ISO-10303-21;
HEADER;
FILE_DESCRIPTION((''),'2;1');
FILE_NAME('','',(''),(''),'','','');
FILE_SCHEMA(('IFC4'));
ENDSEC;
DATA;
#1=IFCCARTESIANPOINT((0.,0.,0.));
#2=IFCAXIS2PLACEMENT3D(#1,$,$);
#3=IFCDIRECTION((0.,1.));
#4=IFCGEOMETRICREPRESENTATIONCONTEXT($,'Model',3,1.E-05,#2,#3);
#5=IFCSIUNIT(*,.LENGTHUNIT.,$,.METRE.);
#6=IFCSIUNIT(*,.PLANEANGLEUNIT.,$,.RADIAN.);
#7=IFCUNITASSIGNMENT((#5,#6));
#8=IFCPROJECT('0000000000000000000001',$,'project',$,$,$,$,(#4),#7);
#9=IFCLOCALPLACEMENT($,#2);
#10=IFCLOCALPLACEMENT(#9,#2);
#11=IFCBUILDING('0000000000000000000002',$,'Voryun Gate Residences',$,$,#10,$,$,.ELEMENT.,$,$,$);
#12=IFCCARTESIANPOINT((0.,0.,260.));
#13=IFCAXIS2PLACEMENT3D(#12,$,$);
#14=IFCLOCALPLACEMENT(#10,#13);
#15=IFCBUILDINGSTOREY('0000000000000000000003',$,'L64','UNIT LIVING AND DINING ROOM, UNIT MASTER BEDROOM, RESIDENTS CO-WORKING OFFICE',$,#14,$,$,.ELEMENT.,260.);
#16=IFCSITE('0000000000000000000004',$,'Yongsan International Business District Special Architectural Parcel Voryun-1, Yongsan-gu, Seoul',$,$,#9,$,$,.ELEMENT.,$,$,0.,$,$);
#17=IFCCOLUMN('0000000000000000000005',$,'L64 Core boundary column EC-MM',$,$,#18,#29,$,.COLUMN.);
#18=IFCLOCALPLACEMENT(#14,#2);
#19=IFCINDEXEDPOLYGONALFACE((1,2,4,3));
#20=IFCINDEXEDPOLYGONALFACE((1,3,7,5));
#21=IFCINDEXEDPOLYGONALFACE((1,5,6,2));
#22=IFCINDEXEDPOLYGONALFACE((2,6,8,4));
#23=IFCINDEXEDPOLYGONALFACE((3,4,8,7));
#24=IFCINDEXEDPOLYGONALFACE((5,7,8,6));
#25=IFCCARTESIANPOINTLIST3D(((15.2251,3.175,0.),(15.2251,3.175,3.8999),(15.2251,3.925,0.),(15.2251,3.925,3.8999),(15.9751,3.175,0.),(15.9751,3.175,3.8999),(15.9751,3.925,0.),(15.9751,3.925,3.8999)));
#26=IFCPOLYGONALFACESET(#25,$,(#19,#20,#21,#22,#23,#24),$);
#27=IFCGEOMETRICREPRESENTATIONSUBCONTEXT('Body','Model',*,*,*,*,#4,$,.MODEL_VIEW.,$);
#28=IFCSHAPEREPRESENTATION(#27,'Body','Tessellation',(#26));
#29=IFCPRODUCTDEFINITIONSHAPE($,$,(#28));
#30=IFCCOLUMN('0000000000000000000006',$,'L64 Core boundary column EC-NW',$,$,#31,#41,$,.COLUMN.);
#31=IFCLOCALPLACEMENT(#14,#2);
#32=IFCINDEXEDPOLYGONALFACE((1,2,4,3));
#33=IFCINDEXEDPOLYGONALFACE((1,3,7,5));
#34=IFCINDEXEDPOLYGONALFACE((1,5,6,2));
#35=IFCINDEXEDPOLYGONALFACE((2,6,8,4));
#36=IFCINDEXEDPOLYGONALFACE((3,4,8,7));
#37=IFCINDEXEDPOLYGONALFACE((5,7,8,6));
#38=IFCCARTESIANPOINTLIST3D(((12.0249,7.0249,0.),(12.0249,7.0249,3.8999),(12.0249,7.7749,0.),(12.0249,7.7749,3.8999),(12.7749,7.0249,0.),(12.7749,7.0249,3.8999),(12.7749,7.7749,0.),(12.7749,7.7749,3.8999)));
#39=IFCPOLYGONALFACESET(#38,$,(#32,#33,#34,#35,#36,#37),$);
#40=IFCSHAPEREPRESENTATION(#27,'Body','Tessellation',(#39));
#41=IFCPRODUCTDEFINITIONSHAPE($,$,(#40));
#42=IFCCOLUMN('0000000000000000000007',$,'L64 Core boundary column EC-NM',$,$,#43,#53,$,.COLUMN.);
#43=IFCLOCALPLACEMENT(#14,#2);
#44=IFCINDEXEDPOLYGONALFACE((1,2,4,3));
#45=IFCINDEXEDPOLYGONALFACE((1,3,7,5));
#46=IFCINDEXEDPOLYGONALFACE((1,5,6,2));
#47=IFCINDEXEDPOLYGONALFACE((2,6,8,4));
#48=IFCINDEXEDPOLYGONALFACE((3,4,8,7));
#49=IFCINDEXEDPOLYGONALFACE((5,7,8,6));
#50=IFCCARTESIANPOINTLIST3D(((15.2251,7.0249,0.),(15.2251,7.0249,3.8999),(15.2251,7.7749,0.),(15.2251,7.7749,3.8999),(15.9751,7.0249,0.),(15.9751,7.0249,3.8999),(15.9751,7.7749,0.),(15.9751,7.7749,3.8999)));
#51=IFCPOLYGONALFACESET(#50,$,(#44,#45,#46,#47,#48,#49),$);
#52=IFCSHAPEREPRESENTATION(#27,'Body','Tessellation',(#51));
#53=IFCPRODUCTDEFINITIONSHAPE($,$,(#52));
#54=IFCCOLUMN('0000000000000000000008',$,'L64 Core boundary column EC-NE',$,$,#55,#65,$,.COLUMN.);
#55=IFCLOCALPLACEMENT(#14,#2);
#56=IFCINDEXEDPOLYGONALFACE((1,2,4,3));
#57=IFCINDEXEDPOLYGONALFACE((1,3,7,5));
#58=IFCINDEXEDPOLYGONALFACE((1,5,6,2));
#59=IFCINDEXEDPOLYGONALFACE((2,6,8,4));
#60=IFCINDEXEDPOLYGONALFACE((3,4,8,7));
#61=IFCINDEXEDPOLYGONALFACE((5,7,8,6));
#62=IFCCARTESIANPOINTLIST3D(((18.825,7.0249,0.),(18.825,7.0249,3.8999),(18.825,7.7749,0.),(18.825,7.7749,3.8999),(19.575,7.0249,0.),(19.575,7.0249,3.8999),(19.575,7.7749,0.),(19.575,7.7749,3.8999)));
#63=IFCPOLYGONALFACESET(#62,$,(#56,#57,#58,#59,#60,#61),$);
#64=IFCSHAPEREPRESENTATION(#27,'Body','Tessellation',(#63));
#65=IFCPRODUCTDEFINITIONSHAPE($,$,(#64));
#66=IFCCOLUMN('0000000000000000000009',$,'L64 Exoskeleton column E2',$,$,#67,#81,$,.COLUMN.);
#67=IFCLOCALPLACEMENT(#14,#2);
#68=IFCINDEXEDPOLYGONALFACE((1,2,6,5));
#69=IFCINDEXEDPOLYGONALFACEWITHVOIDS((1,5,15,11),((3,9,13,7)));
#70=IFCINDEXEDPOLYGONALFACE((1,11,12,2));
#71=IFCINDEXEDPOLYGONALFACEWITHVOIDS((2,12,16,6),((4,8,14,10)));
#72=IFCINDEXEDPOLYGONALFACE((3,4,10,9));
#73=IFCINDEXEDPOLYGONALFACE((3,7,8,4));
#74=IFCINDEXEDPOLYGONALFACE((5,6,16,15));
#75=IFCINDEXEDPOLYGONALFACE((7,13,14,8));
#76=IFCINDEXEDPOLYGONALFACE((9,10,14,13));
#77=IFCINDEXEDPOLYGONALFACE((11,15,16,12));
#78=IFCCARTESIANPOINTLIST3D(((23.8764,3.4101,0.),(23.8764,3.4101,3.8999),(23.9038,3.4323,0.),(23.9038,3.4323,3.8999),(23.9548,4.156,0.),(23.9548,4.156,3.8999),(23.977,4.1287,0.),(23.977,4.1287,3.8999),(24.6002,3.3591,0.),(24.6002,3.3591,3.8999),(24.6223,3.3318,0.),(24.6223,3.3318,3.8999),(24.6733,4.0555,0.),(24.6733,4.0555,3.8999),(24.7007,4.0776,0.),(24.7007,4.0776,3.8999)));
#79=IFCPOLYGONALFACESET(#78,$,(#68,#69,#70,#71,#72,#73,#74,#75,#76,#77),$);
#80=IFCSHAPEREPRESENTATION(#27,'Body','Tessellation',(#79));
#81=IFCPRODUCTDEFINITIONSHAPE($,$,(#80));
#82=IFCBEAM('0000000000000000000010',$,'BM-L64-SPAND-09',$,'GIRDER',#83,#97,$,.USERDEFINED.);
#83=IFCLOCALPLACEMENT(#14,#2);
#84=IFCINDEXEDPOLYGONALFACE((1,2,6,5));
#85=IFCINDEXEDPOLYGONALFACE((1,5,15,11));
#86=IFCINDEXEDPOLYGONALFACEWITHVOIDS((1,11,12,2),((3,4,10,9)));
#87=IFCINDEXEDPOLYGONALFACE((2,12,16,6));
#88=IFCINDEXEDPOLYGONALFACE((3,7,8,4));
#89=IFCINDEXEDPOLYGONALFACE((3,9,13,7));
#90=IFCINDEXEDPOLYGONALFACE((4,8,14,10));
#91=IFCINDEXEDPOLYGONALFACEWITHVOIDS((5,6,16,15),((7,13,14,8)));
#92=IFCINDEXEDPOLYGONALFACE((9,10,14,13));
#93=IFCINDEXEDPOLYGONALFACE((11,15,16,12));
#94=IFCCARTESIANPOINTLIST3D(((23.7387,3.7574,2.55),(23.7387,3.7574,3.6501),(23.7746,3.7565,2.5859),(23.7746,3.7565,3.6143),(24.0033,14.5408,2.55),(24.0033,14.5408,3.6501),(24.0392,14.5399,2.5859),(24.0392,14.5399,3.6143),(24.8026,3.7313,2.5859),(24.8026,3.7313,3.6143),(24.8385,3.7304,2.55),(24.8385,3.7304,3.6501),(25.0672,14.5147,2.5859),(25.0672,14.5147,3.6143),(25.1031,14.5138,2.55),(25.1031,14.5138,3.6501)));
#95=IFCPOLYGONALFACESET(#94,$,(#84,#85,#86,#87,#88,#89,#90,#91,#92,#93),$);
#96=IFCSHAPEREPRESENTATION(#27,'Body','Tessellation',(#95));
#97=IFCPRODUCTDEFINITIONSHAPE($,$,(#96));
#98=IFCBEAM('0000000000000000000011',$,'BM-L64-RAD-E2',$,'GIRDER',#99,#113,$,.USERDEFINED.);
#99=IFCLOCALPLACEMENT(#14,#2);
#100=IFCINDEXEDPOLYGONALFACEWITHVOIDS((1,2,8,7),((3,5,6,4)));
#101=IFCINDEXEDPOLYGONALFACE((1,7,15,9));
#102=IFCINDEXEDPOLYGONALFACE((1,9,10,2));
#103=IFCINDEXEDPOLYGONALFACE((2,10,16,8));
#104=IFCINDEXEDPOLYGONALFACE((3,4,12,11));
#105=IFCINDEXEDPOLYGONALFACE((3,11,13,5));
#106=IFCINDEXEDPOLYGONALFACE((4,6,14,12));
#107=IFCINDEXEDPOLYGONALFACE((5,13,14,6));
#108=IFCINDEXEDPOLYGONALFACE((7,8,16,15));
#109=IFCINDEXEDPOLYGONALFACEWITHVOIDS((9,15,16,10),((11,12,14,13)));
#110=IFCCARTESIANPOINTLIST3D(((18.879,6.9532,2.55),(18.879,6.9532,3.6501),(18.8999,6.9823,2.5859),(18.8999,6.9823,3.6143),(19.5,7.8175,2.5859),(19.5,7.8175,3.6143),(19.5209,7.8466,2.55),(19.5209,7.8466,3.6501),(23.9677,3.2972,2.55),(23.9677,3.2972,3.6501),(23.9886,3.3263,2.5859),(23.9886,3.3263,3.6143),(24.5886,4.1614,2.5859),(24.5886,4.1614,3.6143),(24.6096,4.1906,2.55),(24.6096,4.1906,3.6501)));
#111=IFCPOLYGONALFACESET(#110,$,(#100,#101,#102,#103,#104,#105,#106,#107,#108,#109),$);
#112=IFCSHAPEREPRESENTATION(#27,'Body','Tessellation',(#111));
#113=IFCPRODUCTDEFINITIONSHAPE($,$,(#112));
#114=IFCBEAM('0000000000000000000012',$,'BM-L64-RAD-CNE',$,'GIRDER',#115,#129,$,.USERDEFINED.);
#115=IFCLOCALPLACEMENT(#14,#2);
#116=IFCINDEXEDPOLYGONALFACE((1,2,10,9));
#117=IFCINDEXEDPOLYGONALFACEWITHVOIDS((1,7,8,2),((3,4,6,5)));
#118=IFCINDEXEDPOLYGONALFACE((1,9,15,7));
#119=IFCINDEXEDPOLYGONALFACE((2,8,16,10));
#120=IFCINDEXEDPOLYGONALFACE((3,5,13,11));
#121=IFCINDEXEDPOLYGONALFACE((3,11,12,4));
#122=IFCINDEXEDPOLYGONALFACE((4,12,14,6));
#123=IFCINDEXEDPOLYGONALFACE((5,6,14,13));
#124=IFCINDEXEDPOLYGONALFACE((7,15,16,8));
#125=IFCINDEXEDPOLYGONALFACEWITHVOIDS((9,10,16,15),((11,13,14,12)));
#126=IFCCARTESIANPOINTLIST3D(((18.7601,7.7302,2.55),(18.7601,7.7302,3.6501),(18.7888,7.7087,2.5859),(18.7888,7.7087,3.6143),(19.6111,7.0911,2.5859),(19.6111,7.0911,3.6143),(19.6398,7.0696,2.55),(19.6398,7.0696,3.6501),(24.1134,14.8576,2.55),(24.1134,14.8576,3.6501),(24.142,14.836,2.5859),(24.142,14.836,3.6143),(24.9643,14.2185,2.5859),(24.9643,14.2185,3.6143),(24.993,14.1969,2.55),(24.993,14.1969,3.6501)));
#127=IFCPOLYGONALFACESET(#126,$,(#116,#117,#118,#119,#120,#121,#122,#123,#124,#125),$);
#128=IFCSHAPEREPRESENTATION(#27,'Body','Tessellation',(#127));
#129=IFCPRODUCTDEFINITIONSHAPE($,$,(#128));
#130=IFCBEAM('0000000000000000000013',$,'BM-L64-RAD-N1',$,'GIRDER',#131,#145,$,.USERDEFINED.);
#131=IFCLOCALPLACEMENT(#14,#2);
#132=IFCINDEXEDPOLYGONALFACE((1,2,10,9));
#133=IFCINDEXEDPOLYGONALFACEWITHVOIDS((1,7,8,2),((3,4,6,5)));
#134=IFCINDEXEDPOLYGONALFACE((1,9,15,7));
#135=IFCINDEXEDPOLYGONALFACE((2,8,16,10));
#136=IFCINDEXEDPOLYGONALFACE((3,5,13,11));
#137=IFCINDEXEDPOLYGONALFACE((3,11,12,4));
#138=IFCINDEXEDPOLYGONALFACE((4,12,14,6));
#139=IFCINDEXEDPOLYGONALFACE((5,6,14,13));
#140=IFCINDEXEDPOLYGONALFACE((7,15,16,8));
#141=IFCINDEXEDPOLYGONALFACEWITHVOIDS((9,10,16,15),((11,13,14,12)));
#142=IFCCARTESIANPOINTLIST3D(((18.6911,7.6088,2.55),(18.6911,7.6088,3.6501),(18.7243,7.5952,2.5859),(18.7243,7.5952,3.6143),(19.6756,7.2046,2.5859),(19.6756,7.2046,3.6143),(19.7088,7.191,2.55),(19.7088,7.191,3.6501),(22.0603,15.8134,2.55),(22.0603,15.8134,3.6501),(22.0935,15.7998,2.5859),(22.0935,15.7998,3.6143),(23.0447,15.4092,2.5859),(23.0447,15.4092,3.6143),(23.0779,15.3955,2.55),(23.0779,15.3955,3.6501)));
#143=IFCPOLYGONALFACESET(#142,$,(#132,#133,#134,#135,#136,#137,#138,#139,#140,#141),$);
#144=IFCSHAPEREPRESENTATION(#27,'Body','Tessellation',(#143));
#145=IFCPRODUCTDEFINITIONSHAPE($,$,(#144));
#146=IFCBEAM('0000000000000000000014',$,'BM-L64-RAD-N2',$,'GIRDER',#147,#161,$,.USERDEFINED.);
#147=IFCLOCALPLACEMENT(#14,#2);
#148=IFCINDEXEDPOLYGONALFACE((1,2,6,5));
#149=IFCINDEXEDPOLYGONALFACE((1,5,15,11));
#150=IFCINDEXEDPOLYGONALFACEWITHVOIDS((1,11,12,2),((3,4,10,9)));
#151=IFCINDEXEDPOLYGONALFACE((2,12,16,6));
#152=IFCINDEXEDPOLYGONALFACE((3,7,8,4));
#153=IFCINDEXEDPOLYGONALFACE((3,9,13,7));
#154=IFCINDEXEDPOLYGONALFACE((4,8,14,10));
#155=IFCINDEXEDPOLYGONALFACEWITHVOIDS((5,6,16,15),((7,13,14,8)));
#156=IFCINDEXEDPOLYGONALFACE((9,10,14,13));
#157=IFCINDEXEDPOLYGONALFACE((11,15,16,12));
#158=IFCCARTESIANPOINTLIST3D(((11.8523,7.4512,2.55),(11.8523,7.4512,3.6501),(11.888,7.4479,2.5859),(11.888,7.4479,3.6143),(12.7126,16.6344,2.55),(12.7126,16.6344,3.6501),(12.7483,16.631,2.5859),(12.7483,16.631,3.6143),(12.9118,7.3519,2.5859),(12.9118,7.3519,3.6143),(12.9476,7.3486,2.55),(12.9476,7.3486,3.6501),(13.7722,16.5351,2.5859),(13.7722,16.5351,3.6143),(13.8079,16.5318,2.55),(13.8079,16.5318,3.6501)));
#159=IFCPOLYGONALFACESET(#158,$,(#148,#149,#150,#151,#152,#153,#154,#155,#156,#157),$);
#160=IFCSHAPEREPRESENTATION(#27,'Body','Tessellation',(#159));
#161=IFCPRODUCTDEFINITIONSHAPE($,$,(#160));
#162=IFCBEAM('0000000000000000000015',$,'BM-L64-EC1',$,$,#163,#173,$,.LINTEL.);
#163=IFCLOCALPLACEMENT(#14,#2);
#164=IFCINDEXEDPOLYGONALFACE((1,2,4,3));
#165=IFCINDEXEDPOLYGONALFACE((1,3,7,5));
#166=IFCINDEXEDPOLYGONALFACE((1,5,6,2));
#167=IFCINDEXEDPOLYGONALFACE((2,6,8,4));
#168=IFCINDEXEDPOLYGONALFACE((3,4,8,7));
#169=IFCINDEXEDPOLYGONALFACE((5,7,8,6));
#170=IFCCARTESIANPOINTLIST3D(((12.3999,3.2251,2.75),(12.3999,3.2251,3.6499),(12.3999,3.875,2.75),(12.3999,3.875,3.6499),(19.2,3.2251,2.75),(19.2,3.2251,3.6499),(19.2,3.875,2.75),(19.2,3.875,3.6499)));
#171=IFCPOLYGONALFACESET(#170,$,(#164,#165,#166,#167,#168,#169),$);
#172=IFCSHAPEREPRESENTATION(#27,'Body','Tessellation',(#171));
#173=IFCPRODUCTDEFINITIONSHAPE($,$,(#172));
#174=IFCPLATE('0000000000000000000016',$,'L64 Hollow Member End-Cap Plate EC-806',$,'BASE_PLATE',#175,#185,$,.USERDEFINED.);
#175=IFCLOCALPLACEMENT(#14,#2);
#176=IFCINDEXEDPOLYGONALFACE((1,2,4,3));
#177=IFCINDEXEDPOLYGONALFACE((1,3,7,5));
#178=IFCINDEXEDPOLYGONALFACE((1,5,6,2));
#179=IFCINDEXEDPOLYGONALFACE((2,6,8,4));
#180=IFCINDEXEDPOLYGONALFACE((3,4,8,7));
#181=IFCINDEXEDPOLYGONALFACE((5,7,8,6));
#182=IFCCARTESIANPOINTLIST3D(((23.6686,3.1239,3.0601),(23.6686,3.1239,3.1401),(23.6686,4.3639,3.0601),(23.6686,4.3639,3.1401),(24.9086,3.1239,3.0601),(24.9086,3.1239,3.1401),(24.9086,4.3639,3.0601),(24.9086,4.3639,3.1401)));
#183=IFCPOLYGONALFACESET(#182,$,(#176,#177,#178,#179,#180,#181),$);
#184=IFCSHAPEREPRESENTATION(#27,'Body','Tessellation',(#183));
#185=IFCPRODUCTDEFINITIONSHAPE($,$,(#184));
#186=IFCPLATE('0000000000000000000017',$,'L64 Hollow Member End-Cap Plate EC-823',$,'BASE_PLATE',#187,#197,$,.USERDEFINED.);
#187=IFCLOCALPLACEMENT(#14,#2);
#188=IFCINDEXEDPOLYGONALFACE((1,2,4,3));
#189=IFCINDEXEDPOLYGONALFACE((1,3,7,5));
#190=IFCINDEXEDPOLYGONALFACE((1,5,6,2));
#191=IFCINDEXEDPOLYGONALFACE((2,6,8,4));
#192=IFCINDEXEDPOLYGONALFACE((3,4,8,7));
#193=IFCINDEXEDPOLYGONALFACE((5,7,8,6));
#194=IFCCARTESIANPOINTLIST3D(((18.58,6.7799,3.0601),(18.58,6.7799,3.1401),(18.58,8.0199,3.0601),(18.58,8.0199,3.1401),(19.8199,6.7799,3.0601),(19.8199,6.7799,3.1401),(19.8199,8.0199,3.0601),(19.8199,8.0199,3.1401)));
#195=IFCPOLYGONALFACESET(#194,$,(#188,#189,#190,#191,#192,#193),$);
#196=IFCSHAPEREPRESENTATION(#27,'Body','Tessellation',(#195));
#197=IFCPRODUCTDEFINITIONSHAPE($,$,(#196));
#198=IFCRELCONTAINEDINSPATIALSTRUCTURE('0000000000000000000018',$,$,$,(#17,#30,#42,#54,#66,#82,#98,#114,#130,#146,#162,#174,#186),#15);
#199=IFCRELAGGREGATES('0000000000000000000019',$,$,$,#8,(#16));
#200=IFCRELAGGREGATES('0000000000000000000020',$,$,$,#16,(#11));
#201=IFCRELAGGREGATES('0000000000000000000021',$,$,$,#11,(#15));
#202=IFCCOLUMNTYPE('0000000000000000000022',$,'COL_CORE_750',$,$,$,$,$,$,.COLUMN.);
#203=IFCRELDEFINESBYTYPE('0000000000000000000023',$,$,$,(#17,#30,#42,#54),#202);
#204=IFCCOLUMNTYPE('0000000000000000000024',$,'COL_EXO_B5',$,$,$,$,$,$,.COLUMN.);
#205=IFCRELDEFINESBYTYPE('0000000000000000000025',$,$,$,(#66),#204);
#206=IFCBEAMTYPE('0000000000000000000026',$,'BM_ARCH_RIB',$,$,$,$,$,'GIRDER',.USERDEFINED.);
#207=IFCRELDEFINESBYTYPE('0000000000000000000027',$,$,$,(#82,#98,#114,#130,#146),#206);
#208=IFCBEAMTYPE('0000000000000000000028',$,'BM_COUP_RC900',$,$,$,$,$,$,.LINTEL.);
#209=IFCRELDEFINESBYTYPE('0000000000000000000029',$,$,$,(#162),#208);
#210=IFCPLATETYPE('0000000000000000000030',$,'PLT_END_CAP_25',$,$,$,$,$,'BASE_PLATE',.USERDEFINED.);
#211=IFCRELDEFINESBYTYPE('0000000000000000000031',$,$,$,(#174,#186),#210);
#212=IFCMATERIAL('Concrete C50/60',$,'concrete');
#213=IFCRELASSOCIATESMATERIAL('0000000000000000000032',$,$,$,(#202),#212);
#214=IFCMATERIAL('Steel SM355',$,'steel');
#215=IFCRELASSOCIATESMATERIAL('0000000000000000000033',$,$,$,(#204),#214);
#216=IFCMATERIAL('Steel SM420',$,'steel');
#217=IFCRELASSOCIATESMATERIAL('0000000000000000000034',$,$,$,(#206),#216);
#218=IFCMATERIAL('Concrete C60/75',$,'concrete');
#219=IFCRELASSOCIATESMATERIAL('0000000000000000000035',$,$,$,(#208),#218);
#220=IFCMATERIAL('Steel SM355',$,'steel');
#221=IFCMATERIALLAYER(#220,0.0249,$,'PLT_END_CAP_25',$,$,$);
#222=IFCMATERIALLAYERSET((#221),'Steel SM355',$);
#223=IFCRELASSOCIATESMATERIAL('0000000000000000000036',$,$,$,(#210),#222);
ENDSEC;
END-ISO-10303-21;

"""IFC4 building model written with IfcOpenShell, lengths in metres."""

from ifc_helpers import new_model, si_unit, direction, frame, origin, origin_2d, place, context, subcontext, project, spatial, rectangle, hollow_rectangle, extrude, material, layer, layer_set, material_profile, profile_set, type_object, element, save


model = new_model("IFC4")

# Units and contexts
model_context = context("Model", 3, precision=1e-05, world=origin(), true_north=direction((0.0, 1.0)))
body_context = subcontext(model_context, "Body", "Model", "MODEL_VIEW")
ifc_project = project(units=[si_unit("LENGTHUNIT", "METRE"), si_unit("PLANEANGLEUNIT", "RADIAN")], contexts=[model_context])

# Site, building, storey
site_placement = place(None, origin())
site = spatial("IfcSite", under=ifc_project, at=site_placement, Name="Yongsan International Business District Special Architectural Parcel Voryun-1, Yongsan-gu, Seoul", CompositionType="ELEMENT", RefElevation=0.0)
building_placement = place(site_placement, origin())
building = spatial("IfcBuilding", under=site, at=building_placement, Name="Voryun Gate Residences", CompositionType="ELEMENT")
storey_placement = place(building_placement, frame((0.0, 0.0, 260.0)))
storey = spatial("IfcBuildingStorey", under=building, at=storey_placement, Name="L64", Description="UNIT LIVING AND DINING ROOM, UNIT MASTER BEDROOM, RESIDENTS CO-WORKING OFFICE", CompositionType="ELEMENT", Elevation=260.0)

# Columns
ifc_material_1 = material(Name="Concrete C50/60", Category="concrete")
ifc_material_profile_1 = material_profile(ifc_material_1, rectangle(XDim=0.75, YDim=0.75, at=origin_2d()), Name="RC-750x750")
ifc_profile_set_1 = profile_set([ifc_material_profile_1], Name="Concrete C50/60")
column_type_1 = type_object("IfcColumnType", Name="COL_CORE_750", PredefinedType="COLUMN", material=ifc_profile_set_1)
for number, where, z_axis, x_axis, name in (
    (1, (15.6001, 3.55, 0.0), (0.0, 0.0, 1.0), (1.0, 0.0, 0.0), "L64 Core boundary column EC-MM"),
    (2, (12.3999, 7.3999, 0.0), (0.0, 0.0, 1.0), (1.0, 0.0, 0.0), "L64 Core boundary column EC-NW"),
    (3, (15.6001, 7.3999, 0.0), (0.0, 0.0, 1.0), (1.0, 0.0, 0.0), "L64 Core boundary column EC-NM"),
    (4, (19.2, 7.3999, 0.0), (0.0, 0.0, 1.0), (1.0, 0.0, 0.0), "L64 Core boundary column EC-NE"),
):
    element("IfcColumn", number, at=place(storey_placement, frame(where, z_axis=z_axis, x_axis=x_axis)), inside=storey, type_object=column_type_1, Name=name, PredefinedType="COLUMN", context=body_context, shape_type="SweptSolid", body=[
        extrude(rectangle(XDim=0.75, YDim=0.75, at=origin_2d()), origin(), (0.0, 0.0, 1.0), 3.8999),
    ])
ifc_material_2 = material(Name="Steel SM355", Category="steel")
ifc_material_profile_2 = material_profile(ifc_material_2, hollow_rectangle(XDim=0.75, YDim=0.75, WallThickness=0.0249, at=origin_2d()), Name="BOX-750x750x25")
ifc_profile_set_2 = profile_set([ifc_material_profile_2], Name="Steel SM355")
column_type_2 = type_object("IfcColumnType", Name="COL_EXO_B5", PredefinedType="COLUMN", material=ifc_profile_set_2)
column_placement = place(storey_placement, frame((24.2886, 3.7439, 0.0), z_axis=(0.0, 0.0, 1.0), x_axis=(0.994522, -0.104528, 0.0)))
element("IfcColumn", 5, at=column_placement, inside=storey, type_object=column_type_2, Name="L64 Exoskeleton column E2", PredefinedType="COLUMN", context=body_context, shape_type="SweptSolid", body=[
    extrude(hollow_rectangle(XDim=0.75, YDim=0.75, WallThickness=0.0249, at=origin_2d()), origin(), (0.0, 0.0, 1.0), 3.8999),
])

# Beams
ifc_material_3 = material(Name="Steel SM420", Category="steel")
ifc_material_profile_3 = material_profile(ifc_material_3, hollow_rectangle(XDim=1.1001, YDim=1.1001, WallThickness=0.0359, at=origin_2d()), Name="BOX-1100x1100x36")
ifc_profile_set_3 = profile_set([ifc_material_profile_3], Name="Steel SM420")
beam_type_1 = type_object("IfcBeamType", Name="BM_ARCH_RIB", ElementType="GIRDER", PredefinedType="USERDEFINED", material=ifc_profile_set_3)
beam_1_placement = place(storey_placement, frame((24.2886, 3.7439, 3.1001), z_axis=(0.024535, 0.999699, 0.0), x_axis=(-0.999699, 0.024535, 0.0)))
element("IfcBeam", 6, at=beam_1_placement, inside=storey, type_object=beam_type_1, Name="BM-L64-SPAND-09", ObjectType="GIRDER", PredefinedType="USERDEFINED", context=body_context, shape_type="SweptSolid", body=[
    extrude(hollow_rectangle(XDim=1.1001, YDim=1.1001, WallThickness=0.0359, at=origin_2d()), origin(), (0.0, 0.0, 1.0), 10.7866),
])
beam_2_placement = place(storey_placement, frame((19.2, 7.3999, 3.1001), z_axis=(0.812124, -0.583484, 0.0), x_axis=(0.583484, 0.812124, 0.0)))
element("IfcBeam", 7, at=beam_2_placement, inside=storey, type_object=beam_type_1, Name="BM-L64-RAD-E2", ObjectType="GIRDER", PredefinedType="USERDEFINED", context=body_context, shape_type="SweptSolid", body=[
    extrude(hollow_rectangle(XDim=1.1001, YDim=1.1001, WallThickness=0.0359, at=origin_2d()), origin(), (0.0, 0.0, 1.0), 6.2659),
])
beam_3_placement = place(storey_placement, frame((19.2, 7.3999, 3.1001), z_axis=(0.600552, 0.799586, 0.0), x_axis=(-0.799586, 0.600552, 0.0)))
element("IfcBeam", 8, at=beam_3_placement, inside=storey, type_object=beam_type_1, Name="BM-L64-RAD-CNE", ObjectType="GIRDER", PredefinedType="USERDEFINED", context=body_context, shape_type="SweptSolid", body=[
    extrude(hollow_rectangle(XDim=1.1001, YDim=1.1001, WallThickness=0.0359, at=origin_2d()), origin(), (0.0, 0.0, 1.0), 8.9138),
])
beam_4_placement = place(storey_placement, frame((19.2, 7.3999, 3.1001), z_axis=(0.379861, 0.925044, 0.0), x_axis=(-0.925044, 0.379861, 0.0)))
element("IfcBeam", 9, at=beam_4_placement, inside=storey, type_object=beam_type_1, Name="BM-L64-RAD-N1", ObjectType="GIRDER", PredefinedType="USERDEFINED", context=body_context, shape_type="SweptSolid", body=[
    extrude(hollow_rectangle(XDim=1.1001, YDim=1.1001, WallThickness=0.0359, at=origin_2d()), origin(), (0.0, 0.0, 1.0), 8.8694),
])
beam_5_placement = place(storey_placement, frame((12.3999, 7.3999, 3.1001), z_axis=(0.09328, 0.99564, 0.0), x_axis=(-0.99564, 0.09328, 0.0)))
element("IfcBeam", 10, at=beam_5_placement, inside=storey, type_object=beam_type_1, Name="BM-L64-RAD-N2", ObjectType="GIRDER", PredefinedType="USERDEFINED", context=body_context, shape_type="SweptSolid", body=[
    extrude(hollow_rectangle(XDim=1.1001, YDim=1.1001, WallThickness=0.0359, at=origin_2d()), origin(), (0.0, 0.0, 1.0), 9.2234),
])
ifc_material_4 = material(Name="Concrete C60/75", Category="concrete")
ifc_material_profile_4 = material_profile(ifc_material_4, rectangle(XDim=0.6499, YDim=0.8999, at=origin_2d()), Name="RC-650x900")
ifc_profile_set_4 = profile_set([ifc_material_profile_4], Name="Concrete C60/75")
beam_type_2 = type_object("IfcBeamType", Name="BM_COUP_RC900", PredefinedType="LINTEL", material=ifc_profile_set_4)
beam_6_placement = place(storey_placement, frame((12.3999, 3.55, 3.2), z_axis=(1.0, 0.0, 0.0), x_axis=(0.0, 1.0, 0.0)))
element("IfcBeam", 11, at=beam_6_placement, inside=storey, type_object=beam_type_2, Name="BM-L64-EC1", PredefinedType="LINTEL", context=body_context, shape_type="SweptSolid", body=[
    extrude(rectangle(XDim=0.6499, YDim=0.8999, at=origin_2d()), origin(), (0.0, 0.0, 1.0), 6.8),
])

# Plates
ifc_material_5 = material(Name="Steel SM355", Category="steel")
ifc_layer_1 = layer(ifc_material_5, 0.0249, Name="PLT_END_CAP_25")
ifc_layer_set_1 = layer_set([ifc_layer_1], Name="Steel SM355")
plate_type = type_object("IfcPlateType", Name="PLT_END_CAP_25", ElementType="BASE_PLATE", PredefinedType="USERDEFINED", material=ifc_layer_set_1)
for number, where, z_axis, x_axis, name in (
    (12, (24.2886, 3.7439, 3.0601), (0.0, 0.0, 1.0), (1.0, 0.0, 0.0), "L64 Hollow Member End-Cap Plate EC-806"),
    (13, (19.2, 7.3999, 3.0601), (0.0, 0.0, 1.0), (1.0, 0.0, 0.0), "L64 Hollow Member End-Cap Plate EC-823"),
):
    element("IfcPlate", number, at=place(storey_placement, frame(where, z_axis=z_axis, x_axis=x_axis)), inside=storey, type_object=plate_type, Name=name, ObjectType="BASE_PLATE", PredefinedType="USERDEFINED", context=body_context, shape_type="SweptSolid", body=[
        extrude(rectangle(XDim=1.24, YDim=1.24, at=origin_2d()), origin(), (0.0, 0.0, 1.0), 0.0801),
    ])

save(model, "model.ifc")
